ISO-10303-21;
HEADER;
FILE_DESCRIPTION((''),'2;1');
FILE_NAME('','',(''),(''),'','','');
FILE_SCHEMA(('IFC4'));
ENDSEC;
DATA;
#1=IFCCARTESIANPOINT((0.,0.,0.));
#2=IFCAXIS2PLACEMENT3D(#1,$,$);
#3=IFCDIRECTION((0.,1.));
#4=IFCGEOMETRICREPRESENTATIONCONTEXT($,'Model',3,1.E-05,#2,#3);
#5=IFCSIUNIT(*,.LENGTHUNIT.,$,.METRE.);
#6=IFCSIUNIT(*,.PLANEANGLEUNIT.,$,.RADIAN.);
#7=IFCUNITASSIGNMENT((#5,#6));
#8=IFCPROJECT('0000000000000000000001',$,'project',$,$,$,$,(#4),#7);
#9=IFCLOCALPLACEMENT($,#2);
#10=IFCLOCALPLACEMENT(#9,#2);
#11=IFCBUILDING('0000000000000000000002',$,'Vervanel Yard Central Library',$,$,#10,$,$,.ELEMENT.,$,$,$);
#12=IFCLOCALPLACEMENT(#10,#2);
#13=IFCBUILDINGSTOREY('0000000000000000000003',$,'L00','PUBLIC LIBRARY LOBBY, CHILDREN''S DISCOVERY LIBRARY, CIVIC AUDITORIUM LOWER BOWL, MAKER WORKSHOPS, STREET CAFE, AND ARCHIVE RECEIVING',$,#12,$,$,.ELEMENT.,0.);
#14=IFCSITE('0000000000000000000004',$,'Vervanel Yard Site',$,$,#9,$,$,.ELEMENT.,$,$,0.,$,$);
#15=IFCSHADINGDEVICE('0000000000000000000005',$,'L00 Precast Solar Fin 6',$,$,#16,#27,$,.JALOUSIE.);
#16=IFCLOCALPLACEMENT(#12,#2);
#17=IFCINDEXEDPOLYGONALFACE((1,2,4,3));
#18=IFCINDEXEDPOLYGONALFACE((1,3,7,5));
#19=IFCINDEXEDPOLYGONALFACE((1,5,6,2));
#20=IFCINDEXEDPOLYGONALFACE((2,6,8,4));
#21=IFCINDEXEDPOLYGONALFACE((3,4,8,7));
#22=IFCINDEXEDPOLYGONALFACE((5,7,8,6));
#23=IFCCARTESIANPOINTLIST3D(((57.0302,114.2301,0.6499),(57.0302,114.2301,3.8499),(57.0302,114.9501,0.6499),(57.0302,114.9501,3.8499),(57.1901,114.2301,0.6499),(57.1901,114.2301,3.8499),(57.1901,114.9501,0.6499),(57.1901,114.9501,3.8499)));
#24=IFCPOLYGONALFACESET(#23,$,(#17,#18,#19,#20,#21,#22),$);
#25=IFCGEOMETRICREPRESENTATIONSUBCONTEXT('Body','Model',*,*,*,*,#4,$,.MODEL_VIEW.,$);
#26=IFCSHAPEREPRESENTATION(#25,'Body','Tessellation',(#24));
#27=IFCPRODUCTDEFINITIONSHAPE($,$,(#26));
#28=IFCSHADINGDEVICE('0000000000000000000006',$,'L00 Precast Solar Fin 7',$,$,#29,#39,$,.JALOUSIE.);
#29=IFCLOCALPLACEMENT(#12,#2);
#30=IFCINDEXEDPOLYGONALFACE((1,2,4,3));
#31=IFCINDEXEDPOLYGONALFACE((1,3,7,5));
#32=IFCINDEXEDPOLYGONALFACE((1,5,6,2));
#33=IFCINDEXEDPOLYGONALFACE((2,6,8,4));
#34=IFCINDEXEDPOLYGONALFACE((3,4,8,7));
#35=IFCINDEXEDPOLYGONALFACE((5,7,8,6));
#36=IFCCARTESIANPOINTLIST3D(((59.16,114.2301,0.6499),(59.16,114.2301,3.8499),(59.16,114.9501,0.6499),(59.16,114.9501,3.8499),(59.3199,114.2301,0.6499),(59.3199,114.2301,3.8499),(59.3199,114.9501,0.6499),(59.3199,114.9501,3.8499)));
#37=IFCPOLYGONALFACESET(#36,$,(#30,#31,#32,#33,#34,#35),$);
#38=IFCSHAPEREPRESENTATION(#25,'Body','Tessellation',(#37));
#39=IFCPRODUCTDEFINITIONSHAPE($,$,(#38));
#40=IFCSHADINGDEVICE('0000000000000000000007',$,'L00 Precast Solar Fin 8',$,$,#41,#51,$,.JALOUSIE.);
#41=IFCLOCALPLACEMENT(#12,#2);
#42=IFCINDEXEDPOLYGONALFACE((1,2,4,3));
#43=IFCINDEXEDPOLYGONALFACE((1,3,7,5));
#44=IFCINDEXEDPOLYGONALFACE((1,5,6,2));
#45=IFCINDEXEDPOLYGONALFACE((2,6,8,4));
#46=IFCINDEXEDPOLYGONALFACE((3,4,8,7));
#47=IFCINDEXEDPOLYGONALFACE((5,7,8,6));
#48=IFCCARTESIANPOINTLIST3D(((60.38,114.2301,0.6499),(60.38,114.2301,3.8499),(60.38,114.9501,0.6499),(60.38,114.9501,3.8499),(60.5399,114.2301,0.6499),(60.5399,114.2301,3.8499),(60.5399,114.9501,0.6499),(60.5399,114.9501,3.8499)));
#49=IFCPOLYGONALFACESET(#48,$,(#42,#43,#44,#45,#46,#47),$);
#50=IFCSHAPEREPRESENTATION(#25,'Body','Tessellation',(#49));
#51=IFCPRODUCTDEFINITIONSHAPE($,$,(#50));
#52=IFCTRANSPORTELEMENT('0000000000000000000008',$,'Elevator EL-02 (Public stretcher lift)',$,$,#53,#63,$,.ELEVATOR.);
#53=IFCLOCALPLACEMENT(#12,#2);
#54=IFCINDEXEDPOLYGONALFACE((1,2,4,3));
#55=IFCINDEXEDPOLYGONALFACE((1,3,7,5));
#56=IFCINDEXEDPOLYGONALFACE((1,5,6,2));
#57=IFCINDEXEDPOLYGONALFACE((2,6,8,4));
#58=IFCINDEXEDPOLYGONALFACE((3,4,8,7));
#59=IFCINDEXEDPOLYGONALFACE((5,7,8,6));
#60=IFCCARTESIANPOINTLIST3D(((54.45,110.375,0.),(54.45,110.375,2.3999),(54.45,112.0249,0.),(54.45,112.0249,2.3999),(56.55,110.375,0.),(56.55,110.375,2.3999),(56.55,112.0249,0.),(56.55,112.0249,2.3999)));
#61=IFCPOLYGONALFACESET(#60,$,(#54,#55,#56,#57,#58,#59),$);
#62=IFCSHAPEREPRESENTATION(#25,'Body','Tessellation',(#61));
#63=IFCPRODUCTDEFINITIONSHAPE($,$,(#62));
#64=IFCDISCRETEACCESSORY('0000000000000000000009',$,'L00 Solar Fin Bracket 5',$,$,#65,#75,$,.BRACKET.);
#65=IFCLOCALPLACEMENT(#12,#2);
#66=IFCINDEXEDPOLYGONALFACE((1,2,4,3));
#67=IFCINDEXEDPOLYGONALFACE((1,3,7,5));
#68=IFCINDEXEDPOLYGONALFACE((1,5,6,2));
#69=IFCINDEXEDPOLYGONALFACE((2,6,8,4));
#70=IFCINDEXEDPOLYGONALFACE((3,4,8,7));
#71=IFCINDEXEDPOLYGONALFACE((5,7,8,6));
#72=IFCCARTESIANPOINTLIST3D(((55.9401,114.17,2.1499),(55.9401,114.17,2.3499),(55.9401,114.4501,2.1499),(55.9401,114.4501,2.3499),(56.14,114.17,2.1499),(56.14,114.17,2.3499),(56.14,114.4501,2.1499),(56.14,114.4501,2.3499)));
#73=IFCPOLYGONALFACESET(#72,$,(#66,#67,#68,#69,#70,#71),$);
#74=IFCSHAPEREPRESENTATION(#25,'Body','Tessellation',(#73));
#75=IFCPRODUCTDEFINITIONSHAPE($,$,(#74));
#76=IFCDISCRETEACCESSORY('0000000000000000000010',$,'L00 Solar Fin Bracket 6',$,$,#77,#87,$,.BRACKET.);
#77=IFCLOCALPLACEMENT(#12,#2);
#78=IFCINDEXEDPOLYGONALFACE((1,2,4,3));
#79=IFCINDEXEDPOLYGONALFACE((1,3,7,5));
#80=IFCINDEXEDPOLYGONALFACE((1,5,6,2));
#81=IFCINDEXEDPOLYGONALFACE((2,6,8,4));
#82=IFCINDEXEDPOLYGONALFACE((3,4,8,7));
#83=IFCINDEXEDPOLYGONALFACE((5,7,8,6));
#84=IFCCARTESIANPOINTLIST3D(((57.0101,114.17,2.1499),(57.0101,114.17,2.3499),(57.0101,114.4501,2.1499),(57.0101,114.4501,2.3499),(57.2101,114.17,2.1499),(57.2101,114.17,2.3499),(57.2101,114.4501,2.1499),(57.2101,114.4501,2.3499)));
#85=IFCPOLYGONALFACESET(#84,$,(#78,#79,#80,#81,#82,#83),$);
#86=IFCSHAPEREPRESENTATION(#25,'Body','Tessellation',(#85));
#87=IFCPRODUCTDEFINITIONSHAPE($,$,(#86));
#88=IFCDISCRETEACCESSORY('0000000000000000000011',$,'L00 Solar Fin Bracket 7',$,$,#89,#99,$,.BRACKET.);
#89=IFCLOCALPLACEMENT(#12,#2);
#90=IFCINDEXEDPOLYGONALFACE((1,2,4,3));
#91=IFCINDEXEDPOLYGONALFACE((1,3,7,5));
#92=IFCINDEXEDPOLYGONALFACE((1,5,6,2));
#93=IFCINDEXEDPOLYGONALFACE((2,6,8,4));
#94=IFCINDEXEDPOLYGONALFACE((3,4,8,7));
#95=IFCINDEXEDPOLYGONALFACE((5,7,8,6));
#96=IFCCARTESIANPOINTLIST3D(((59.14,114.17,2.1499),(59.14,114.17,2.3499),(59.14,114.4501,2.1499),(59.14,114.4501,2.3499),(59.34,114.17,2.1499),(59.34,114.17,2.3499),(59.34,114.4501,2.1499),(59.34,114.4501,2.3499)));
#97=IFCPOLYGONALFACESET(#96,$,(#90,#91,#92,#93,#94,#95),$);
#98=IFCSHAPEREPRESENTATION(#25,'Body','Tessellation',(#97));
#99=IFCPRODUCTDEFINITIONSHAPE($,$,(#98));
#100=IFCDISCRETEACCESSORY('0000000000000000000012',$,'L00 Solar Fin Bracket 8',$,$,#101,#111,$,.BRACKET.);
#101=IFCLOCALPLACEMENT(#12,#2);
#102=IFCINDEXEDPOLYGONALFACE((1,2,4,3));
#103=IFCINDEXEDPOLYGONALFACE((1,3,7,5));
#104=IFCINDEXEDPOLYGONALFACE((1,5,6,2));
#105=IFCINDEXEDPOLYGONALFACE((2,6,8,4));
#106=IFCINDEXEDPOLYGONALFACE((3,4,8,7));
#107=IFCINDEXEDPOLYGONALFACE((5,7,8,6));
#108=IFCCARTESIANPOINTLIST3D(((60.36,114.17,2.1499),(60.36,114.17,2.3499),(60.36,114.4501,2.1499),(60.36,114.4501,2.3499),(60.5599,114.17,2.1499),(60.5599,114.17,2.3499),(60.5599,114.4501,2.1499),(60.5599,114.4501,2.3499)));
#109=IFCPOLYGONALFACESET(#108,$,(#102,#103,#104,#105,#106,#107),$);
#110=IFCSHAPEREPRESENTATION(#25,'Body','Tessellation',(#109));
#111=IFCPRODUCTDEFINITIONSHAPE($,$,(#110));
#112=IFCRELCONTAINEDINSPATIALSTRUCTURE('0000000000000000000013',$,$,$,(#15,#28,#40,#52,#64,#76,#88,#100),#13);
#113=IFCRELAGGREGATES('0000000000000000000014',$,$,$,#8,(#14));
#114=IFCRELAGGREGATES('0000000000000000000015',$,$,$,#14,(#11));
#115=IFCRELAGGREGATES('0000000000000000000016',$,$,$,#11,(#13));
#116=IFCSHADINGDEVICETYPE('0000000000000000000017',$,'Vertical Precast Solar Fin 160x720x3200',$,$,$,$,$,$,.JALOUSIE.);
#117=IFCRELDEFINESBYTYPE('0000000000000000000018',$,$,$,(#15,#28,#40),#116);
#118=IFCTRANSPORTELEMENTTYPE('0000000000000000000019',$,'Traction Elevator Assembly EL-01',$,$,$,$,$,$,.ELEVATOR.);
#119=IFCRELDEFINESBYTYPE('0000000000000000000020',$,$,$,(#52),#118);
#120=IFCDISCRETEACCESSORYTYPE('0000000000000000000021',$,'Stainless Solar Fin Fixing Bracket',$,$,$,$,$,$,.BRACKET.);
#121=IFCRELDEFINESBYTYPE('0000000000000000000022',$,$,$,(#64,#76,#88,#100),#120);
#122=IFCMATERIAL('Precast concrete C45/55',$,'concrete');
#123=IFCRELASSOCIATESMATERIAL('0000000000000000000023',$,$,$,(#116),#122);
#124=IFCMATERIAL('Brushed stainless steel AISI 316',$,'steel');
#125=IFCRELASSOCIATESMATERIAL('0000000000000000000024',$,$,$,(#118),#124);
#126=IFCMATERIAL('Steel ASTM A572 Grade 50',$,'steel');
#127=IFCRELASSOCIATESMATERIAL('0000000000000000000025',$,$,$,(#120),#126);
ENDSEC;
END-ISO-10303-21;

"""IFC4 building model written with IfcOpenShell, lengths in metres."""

from ifc_helpers import new_model, si_unit, direction, frame, origin, origin_2d, place, context, subcontext, project, spatial, rectangle, extrude, material, type_object, element, save


model = new_model("IFC4")

# Units and contexts
model_context = context("Model", 3, precision=1e-05, world=origin(), true_north=direction((0.0, 1.0)))
body_context = subcontext(model_context, "Body", "Model", "MODEL_VIEW")
ifc_project = project(units=[si_unit("LENGTHUNIT", "METRE"), si_unit("PLANEANGLEUNIT", "RADIAN")], contexts=[model_context])

# Site, building, storey
site_placement = place(None, origin())
site = spatial("IfcSite", under=ifc_project, at=site_placement, Name="Vervanel Yard Site", CompositionType="ELEMENT", RefElevation=0.0)
building_placement = place(site_placement, origin())
building = spatial("IfcBuilding", under=site, at=building_placement, Name="Vervanel Yard Central Library", CompositionType="ELEMENT")
storey_placement = place(building_placement, origin())
storey = spatial("IfcBuildingStorey", under=building, at=storey_placement, Name="L00", Description="PUBLIC LIBRARY LOBBY, CHILDREN'S DISCOVERY LIBRARY, CIVIC AUDITORIUM LOWER BOWL, MAKER WORKSHOPS, STREET CAFE, AND ARCHIVE RECEIVING", CompositionType="ELEMENT", Elevation=0.0)

# Shared definitions
ifc_material_1 = material(Name="Brushed stainless steel AISI 316", Category="steel")

# Shared definitions
ifc_material_2 = material(Name="Precast concrete C45/55", Category="concrete")

# Shading devices
shading_device_type = type_object("IfcShadingDeviceType", Name="Vertical Precast Solar Fin 160x720x3200", PredefinedType="JALOUSIE", material=ifc_material_2)
for number, where, z_axis, x_axis, name in (
    (1, (57.1101, 114.5901, 0.6499), (0.0, 0.0, 1.0), (1.0, 0.0, 0.0), "L00 Precast Solar Fin 6"),
    (2, (59.24, 114.5901, 0.6499), (0.0, 0.0, 1.0), (1.0, 0.0, 0.0), "L00 Precast Solar Fin 7"),
    (3, (60.46, 114.5901, 0.6499), (0.0, 0.0, 1.0), (1.0, 0.0, 0.0), "L00 Precast Solar Fin 8"),
):
    element("IfcShadingDevice", number, at=place(storey_placement, frame(where, z_axis=z_axis, x_axis=x_axis)), inside=storey, type_object=shading_device_type, Name=name, PredefinedType="JALOUSIE", context=body_context, shape_type="SweptSolid", body=[
        extrude(rectangle(XDim=0.1599, YDim=0.72, at=origin_2d()), origin(), (0.0, 0.0, 1.0), 3.2),
    ])

# Transport element
transport_element_type = type_object("IfcTransportElementType", Name="Traction Elevator Assembly EL-01", PredefinedType="ELEVATOR", material=ifc_material_1)
transport_element_placement = place(storey_placement, frame((55.5, 111.2, 0.0), z_axis=(0.0, 0.0, 1.0), x_axis=(1.0, 0.0, 0.0)))
element("IfcTransportElement", 4, at=transport_element_placement, inside=storey, type_object=transport_element_type, Name="Elevator EL-02 (Public stretcher lift)", PredefinedType="ELEVATOR", context=body_context, shape_type="SweptSolid", body=[
    extrude(rectangle(XDim=2.1001, YDim=1.6499, at=origin_2d()), origin(), (0.0, 0.0, 1.0), 2.3999),
])

# Discrete accessories
ifc_material_3 = material(Name="Steel ASTM A572 Grade 50", Category="steel")
discrete_accessory_type = type_object("IfcDiscreteAccessoryType", Name="Stainless Solar Fin Fixing Bracket", PredefinedType="BRACKET", material=ifc_material_3)
for number, where, z_axis, x_axis, name in (
    (5, (56.04, 114.3101, 2.1499), (0.0, 0.0, 1.0), (1.0, 0.0, 0.0), "L00 Solar Fin Bracket 5"),
    (6, (57.1101, 114.3101, 2.1499), (0.0, 0.0, 1.0), (1.0, 0.0, 0.0), "L00 Solar Fin Bracket 6"),
    (7, (59.24, 114.3101, 2.1499), (0.0, 0.0, 1.0), (1.0, 0.0, 0.0), "L00 Solar Fin Bracket 7"),
    (8, (60.46, 114.3101, 2.1499), (0.0, 0.0, 1.0), (1.0, 0.0, 0.0), "L00 Solar Fin Bracket 8"),
):
    element("IfcDiscreteAccessory", number, at=place(storey_placement, frame(where, z_axis=z_axis, x_axis=x_axis)), inside=storey, type_object=discrete_accessory_type, Name=name, PredefinedType="BRACKET", context=body_context, shape_type="SweptSolid", body=[
        extrude(rectangle(XDim=0.2, YDim=0.28, at=origin_2d()), origin(), (0.0, 0.0, 1.0), 0.2),
    ])

save(model, "model.ifc")
